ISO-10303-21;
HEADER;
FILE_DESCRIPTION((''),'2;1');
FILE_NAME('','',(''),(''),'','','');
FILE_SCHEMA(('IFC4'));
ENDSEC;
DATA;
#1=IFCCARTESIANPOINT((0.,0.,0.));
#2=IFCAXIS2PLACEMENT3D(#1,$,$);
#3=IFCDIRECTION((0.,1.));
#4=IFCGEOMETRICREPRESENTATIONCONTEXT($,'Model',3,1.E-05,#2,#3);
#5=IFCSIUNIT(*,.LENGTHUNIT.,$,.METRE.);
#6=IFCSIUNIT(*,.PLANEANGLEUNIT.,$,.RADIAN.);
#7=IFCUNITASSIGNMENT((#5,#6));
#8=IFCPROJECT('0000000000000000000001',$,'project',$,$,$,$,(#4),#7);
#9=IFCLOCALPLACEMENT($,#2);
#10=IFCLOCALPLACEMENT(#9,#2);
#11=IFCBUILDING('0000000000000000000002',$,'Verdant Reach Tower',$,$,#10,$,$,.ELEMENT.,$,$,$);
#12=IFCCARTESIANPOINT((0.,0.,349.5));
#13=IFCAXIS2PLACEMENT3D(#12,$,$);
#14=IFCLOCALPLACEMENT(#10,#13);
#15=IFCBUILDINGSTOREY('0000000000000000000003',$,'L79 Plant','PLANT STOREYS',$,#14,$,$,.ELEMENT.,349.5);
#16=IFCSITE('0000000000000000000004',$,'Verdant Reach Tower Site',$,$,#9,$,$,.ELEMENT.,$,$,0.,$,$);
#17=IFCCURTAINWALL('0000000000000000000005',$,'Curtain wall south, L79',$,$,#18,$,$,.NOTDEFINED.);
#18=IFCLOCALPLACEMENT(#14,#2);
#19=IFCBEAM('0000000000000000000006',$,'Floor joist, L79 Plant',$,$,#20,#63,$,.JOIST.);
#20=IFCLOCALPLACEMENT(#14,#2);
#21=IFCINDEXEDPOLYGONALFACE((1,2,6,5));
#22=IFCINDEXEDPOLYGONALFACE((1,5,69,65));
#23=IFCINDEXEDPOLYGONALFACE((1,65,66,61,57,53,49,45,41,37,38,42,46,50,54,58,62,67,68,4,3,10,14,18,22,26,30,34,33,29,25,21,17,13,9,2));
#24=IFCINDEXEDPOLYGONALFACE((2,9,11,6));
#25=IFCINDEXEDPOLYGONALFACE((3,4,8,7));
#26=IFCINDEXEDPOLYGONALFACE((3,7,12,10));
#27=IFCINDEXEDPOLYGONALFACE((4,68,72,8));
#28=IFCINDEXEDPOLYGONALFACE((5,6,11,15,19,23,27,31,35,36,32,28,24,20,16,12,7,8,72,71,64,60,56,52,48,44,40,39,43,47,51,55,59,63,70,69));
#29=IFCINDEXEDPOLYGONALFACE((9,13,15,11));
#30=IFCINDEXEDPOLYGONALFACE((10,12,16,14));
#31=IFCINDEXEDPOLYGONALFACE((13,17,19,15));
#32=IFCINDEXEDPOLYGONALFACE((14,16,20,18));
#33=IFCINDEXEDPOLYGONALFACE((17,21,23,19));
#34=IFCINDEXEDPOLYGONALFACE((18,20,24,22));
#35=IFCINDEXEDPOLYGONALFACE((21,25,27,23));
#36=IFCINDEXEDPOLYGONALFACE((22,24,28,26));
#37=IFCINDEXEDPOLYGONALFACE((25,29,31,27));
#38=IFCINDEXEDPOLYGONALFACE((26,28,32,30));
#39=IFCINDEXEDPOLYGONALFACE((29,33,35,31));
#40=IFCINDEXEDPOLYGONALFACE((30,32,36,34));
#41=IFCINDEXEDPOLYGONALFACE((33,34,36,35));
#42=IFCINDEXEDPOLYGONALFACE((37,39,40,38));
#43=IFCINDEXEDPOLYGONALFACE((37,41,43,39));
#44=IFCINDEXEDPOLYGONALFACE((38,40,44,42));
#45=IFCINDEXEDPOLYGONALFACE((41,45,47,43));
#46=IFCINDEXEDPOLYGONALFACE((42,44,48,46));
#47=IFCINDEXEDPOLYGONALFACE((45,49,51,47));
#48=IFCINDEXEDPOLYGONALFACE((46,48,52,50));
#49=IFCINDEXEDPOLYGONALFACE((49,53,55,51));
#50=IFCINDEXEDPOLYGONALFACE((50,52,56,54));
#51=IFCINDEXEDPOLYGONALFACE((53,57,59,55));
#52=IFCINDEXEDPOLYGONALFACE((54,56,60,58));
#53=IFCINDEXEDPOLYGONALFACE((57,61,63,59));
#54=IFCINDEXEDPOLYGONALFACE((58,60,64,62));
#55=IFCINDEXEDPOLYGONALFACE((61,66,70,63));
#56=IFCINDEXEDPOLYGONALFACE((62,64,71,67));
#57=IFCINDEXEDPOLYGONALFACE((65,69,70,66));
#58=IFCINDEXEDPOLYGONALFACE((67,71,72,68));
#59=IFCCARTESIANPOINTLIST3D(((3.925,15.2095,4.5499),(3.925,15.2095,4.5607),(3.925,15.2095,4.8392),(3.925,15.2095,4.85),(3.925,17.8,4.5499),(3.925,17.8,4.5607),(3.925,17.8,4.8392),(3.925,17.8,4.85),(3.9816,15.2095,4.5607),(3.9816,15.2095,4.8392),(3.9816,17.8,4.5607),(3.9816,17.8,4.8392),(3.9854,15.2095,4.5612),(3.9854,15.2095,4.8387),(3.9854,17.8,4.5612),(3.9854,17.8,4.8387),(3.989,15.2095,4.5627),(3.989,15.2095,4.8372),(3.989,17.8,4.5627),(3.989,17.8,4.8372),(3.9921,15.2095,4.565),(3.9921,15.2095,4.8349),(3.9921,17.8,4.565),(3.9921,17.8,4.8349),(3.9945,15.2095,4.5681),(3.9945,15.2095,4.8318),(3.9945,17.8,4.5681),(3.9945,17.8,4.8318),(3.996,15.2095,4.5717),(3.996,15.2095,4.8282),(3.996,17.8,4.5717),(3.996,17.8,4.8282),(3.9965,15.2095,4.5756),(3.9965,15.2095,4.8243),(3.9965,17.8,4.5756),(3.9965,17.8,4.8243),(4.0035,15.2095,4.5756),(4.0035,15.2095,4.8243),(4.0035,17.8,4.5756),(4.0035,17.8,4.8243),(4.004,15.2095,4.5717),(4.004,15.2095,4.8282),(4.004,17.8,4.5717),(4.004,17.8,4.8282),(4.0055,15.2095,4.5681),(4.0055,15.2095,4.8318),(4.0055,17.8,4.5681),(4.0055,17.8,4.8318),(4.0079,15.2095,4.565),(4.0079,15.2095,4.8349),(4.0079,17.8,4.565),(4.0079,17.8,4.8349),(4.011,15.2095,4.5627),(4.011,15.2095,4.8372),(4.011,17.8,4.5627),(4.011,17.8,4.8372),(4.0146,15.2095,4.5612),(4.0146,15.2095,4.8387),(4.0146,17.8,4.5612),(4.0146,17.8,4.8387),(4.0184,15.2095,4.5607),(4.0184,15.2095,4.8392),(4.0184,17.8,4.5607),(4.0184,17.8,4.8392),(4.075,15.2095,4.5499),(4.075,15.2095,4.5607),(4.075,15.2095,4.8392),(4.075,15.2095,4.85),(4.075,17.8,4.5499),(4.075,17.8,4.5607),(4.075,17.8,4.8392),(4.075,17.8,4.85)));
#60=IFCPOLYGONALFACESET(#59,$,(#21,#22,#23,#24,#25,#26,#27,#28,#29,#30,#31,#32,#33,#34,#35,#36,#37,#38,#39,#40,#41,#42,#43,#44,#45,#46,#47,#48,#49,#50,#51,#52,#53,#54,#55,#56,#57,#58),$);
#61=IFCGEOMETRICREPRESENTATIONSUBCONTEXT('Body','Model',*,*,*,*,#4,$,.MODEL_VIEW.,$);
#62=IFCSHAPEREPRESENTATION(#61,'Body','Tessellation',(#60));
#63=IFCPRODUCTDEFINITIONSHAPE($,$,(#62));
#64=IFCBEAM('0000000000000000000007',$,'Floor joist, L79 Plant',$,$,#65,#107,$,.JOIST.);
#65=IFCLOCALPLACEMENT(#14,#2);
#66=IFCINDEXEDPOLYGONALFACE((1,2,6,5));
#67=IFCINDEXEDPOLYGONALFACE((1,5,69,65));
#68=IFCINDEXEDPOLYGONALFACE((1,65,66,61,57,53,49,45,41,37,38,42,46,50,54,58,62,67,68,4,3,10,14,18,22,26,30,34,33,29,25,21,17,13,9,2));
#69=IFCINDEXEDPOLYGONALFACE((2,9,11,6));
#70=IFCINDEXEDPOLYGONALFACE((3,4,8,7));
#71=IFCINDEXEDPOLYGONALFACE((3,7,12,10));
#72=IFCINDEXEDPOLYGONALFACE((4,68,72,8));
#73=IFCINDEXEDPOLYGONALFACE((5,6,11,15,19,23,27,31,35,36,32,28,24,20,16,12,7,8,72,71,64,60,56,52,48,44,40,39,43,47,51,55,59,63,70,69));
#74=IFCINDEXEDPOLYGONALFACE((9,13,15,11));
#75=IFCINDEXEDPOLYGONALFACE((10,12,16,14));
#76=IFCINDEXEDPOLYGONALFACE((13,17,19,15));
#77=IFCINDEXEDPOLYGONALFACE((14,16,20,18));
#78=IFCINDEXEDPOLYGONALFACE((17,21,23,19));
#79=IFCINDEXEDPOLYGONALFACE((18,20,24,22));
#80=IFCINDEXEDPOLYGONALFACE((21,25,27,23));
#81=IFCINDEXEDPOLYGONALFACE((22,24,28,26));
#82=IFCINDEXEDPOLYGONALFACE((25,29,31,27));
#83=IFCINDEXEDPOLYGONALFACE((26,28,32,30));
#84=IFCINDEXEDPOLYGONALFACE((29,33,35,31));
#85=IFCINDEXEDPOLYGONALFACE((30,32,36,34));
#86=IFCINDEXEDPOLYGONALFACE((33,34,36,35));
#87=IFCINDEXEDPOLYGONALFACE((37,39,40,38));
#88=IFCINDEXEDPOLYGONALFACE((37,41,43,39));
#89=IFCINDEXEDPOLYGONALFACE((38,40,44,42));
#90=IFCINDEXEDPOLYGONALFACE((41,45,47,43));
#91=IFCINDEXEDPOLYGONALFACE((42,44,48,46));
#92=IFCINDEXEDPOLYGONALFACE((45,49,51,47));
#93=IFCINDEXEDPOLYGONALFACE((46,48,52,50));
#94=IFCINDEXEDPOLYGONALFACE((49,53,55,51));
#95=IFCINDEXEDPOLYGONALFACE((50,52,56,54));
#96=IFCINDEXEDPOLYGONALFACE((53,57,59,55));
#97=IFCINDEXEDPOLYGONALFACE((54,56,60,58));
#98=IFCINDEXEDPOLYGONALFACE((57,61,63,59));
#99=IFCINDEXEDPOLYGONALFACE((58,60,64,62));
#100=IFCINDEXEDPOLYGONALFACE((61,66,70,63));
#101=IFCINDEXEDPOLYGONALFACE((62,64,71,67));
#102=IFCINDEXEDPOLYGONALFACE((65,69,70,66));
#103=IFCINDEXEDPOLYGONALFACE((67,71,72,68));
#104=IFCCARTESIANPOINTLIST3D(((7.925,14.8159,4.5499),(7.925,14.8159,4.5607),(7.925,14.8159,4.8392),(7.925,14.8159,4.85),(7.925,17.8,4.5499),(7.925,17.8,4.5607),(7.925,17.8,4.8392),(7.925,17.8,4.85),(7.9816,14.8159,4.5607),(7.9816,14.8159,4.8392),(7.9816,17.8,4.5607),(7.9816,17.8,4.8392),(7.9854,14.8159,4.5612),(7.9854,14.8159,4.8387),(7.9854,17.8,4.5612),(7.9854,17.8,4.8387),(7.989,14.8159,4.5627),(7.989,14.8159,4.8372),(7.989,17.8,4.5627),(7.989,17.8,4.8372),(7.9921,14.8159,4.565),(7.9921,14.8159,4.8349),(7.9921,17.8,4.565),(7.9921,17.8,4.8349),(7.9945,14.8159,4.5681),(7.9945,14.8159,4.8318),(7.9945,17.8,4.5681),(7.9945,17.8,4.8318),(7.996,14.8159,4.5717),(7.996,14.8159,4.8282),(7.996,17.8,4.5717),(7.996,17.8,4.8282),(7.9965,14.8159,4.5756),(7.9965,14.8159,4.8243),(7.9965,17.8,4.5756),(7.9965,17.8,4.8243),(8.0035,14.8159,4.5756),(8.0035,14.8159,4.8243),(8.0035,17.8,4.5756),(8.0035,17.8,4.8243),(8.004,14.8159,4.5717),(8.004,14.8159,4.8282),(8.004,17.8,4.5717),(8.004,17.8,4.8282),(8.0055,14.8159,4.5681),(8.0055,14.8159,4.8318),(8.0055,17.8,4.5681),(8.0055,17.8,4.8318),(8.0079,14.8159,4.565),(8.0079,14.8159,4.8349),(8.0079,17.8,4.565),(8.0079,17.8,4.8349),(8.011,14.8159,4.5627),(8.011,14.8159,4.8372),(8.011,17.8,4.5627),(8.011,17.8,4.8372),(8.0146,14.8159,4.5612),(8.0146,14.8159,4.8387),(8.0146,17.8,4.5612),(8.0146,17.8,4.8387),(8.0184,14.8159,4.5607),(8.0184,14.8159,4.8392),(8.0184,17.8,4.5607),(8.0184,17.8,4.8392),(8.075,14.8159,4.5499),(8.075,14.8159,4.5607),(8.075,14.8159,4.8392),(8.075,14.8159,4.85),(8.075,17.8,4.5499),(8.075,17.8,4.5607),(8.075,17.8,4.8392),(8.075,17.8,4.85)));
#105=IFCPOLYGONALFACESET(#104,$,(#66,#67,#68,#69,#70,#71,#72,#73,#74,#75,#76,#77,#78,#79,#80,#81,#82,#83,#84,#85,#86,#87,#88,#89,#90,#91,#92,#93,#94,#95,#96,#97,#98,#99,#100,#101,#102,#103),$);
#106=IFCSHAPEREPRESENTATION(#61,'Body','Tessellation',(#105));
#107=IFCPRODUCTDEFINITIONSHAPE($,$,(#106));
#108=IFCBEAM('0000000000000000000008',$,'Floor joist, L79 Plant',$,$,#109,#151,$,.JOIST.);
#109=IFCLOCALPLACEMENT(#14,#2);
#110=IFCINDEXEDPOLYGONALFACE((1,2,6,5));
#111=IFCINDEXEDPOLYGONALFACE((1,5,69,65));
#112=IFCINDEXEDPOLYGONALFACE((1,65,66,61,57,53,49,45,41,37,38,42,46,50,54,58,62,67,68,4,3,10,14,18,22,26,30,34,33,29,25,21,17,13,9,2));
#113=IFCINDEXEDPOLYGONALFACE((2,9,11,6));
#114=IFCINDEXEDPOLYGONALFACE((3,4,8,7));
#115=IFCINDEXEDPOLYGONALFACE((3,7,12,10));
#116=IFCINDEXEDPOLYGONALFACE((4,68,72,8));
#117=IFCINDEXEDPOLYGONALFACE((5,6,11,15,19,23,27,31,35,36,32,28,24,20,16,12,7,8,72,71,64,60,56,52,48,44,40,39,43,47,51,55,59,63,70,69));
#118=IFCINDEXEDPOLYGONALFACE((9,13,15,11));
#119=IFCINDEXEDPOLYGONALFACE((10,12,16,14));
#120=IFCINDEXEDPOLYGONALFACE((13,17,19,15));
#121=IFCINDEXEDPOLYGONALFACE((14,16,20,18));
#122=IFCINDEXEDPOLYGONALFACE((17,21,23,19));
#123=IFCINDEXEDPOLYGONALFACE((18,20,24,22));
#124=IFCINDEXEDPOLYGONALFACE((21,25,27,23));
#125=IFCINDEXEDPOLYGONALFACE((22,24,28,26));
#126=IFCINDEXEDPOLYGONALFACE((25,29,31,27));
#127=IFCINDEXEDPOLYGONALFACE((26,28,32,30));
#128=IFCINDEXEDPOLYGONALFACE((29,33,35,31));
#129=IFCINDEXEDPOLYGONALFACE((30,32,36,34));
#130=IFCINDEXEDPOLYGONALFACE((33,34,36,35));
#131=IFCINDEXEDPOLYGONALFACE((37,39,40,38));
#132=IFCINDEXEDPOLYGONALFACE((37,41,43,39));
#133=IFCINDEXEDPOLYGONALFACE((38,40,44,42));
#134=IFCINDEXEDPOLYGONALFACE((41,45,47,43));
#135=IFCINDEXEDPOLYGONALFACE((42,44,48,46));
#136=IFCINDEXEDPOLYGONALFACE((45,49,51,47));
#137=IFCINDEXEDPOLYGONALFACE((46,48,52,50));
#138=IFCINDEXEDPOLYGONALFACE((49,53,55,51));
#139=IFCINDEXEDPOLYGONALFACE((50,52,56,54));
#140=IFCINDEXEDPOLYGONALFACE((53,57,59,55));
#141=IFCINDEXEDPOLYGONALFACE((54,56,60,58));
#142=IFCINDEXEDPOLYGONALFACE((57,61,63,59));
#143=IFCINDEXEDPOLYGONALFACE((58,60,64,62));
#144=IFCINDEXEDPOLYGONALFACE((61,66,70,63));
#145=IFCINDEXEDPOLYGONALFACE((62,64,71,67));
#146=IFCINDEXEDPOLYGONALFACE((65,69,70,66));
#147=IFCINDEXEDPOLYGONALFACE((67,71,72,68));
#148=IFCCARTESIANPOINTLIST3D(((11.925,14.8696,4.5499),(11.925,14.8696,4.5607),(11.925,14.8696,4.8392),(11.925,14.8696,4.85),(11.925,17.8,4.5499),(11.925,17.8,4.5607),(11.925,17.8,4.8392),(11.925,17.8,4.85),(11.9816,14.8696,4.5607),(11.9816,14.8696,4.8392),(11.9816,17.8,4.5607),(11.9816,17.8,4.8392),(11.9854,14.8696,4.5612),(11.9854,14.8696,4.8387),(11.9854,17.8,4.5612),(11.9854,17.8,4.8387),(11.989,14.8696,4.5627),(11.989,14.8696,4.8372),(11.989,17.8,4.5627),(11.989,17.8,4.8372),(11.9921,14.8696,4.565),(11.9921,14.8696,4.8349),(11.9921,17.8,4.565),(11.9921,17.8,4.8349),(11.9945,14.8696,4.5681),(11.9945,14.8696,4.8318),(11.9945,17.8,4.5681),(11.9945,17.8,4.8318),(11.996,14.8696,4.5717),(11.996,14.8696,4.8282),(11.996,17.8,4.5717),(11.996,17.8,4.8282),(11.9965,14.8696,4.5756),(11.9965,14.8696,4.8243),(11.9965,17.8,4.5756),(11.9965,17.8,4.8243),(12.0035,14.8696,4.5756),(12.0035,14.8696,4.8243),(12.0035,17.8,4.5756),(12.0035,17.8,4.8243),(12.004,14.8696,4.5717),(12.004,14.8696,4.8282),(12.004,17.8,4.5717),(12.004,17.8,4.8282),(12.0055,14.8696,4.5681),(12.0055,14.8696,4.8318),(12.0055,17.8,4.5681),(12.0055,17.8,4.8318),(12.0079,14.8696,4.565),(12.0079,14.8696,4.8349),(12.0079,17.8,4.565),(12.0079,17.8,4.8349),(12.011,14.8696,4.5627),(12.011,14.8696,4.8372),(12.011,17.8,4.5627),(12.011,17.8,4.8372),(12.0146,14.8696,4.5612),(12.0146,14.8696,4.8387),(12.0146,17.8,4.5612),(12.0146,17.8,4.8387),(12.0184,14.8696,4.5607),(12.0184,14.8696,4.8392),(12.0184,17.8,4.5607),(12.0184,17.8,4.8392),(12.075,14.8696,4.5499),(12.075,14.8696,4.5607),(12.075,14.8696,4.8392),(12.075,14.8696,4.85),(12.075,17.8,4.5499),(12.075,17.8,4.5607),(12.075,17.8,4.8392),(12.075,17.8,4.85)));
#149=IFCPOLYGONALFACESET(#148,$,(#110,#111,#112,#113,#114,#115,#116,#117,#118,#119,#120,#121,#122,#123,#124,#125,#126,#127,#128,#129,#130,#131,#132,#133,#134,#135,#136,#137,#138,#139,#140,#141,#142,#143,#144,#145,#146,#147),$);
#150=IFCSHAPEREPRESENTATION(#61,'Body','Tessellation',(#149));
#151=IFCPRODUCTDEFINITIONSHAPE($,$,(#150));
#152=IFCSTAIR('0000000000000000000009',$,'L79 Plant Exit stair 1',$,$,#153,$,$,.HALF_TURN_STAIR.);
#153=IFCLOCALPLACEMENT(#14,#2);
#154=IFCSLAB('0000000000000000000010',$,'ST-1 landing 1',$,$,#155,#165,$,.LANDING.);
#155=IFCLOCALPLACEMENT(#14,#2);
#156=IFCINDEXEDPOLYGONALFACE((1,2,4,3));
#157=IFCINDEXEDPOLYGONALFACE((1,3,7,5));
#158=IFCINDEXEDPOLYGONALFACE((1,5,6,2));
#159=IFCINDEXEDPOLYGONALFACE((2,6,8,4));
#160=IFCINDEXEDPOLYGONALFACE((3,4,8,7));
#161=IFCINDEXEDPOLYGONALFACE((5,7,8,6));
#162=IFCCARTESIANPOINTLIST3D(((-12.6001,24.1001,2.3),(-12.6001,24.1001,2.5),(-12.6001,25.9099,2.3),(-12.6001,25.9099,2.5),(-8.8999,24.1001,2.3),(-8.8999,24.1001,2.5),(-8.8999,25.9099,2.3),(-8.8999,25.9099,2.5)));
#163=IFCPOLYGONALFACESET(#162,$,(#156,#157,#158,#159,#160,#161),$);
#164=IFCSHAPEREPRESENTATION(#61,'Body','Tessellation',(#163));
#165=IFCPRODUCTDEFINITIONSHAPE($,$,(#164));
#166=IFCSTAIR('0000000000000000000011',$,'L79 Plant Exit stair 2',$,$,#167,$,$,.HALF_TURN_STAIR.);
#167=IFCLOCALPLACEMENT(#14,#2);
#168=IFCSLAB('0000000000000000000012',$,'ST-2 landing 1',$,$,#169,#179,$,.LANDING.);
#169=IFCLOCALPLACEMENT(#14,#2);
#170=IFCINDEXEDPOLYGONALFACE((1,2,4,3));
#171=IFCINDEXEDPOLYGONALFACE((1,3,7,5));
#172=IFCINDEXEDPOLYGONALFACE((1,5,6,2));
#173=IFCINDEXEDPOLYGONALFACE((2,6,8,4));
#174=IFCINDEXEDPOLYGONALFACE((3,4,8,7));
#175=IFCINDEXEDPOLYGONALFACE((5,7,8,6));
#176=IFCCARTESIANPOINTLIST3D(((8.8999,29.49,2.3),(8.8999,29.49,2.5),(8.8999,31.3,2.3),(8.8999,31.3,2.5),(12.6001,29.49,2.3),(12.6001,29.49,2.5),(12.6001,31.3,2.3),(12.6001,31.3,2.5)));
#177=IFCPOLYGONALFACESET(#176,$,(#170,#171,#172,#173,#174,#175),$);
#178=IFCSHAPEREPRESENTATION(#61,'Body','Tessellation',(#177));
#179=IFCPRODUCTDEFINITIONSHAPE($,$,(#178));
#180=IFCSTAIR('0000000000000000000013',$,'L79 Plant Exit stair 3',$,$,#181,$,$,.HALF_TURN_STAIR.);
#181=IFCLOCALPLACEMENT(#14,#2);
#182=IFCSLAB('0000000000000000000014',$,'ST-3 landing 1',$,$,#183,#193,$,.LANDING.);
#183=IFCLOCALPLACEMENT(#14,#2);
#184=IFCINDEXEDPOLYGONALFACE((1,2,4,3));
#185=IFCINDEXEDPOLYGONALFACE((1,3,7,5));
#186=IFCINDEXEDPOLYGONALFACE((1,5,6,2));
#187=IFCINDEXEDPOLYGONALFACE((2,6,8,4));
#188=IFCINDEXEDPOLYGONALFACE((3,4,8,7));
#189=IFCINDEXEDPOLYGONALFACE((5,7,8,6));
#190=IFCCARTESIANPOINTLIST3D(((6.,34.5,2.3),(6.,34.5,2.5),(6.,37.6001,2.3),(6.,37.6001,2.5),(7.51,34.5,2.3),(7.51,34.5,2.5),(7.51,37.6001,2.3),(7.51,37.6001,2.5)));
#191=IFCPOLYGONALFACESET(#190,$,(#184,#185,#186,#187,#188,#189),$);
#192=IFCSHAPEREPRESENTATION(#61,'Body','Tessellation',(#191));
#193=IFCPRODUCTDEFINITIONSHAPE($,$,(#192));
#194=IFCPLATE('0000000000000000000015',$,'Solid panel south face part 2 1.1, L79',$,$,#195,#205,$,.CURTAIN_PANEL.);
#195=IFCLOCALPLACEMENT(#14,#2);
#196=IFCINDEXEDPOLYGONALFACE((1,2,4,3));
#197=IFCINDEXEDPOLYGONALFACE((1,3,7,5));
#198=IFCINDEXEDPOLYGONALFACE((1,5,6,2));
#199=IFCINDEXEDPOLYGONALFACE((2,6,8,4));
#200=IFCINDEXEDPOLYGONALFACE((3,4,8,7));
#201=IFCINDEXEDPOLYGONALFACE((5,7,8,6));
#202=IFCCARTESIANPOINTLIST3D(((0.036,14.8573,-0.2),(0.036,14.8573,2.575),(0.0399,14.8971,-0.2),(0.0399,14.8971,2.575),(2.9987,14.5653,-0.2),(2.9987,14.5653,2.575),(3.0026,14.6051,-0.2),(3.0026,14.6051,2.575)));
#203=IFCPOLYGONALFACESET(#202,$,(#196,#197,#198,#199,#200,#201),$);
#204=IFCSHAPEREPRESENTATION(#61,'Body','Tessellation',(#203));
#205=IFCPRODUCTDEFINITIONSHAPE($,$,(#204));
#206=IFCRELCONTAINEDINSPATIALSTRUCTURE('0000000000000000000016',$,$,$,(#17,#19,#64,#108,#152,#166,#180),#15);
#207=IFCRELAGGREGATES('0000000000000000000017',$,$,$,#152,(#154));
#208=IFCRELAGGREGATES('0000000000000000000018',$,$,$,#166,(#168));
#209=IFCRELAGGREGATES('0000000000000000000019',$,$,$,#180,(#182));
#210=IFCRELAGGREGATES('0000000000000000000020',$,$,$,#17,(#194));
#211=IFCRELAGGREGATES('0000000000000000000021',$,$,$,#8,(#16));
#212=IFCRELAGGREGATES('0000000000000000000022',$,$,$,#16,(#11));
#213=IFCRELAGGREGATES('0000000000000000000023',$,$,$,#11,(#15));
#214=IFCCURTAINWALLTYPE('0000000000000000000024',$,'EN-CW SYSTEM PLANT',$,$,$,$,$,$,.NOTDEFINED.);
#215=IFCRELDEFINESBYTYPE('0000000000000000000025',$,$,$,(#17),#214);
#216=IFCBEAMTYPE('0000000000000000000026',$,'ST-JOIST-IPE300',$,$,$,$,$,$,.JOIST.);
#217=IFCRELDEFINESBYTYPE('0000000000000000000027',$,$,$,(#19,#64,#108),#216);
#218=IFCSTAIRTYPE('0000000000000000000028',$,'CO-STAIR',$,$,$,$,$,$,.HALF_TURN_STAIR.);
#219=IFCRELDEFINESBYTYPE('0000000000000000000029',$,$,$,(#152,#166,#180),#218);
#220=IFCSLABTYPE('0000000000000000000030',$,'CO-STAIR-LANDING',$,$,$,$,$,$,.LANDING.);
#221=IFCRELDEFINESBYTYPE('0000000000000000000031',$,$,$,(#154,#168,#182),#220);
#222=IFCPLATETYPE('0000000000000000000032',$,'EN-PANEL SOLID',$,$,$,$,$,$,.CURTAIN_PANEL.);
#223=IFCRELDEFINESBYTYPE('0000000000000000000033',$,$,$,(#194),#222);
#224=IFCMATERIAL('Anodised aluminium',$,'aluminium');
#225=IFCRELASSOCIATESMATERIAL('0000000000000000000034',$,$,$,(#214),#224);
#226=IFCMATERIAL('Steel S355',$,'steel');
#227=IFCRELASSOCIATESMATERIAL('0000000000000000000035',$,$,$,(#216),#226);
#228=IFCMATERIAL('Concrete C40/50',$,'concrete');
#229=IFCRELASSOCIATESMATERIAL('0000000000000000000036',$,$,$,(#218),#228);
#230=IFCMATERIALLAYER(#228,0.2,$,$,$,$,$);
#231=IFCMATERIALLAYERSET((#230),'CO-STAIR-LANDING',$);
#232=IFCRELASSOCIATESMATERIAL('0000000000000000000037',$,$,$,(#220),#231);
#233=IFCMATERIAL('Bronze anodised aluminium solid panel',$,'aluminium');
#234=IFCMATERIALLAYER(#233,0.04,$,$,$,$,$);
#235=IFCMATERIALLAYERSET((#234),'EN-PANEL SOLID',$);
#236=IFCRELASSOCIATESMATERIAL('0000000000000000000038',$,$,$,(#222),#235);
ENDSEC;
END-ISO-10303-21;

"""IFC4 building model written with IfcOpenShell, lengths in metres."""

from ifc_helpers import new_model, si_unit, direction, frame, origin, origin_2d, place, context, subcontext, project, spatial, polyline, rectangle, i_section, outline, extrude, material, layer, layer_set, material_profile, profile_set, type_object, element, aggregate, save


model = new_model("IFC4")

# Units and contexts
model_context = context("Model", 3, precision=1e-05, world=origin(), true_north=direction((0.0, 1.0)))
body_context = subcontext(model_context, "Body", "Model", "MODEL_VIEW")
ifc_project = project(units=[si_unit("LENGTHUNIT", "METRE"), si_unit("PLANEANGLEUNIT", "RADIAN")], contexts=[model_context])

# Site, building, storey
site_placement = place(None, origin())
site = spatial("IfcSite", under=ifc_project, at=site_placement, Name="Verdant Reach Tower Site", CompositionType="ELEMENT", RefElevation=0.0)
building_placement = place(site_placement, origin())
building = spatial("IfcBuilding", under=site, at=building_placement, Name="Verdant Reach Tower", CompositionType="ELEMENT")
storey_placement = place(building_placement, frame((0.0, 0.0, 349.5)))
storey = spatial("IfcBuildingStorey", under=building, at=storey_placement, Name="L79 Plant", Description="PLANT STOREYS", CompositionType="ELEMENT", Elevation=349.5)

# Curtain wall
ifc_material_1 = material(Name="Anodised aluminium", Category="aluminium")
curtain_wall_type = type_object("IfcCurtainWallType", Name="EN-CW SYSTEM PLANT", PredefinedType="NOTDEFINED", material=ifc_material_1)
curtain_wall_placement = place(storey_placement, origin())
curtain_wall = element("IfcCurtainWall", 1, at=curtain_wall_placement, inside=storey, type_object=curtain_wall_type, Name="Curtain wall south, L79", PredefinedType="NOTDEFINED")

# Beams
ifc_material_2 = material(Name="Steel S355", Category="steel")
ifc_material_profile_1 = material_profile(ifc_material_2, i_section(OverallWidth=0.1499, OverallDepth=0.3, WebThickness=0.0071, FlangeThickness=0.0107, FilletRadius=0.0149, at=origin_2d()), Name="IPE 300")
ifc_profile_set_1 = profile_set([ifc_material_profile_1], Name="Steel S355")
beam_type = type_object("IfcBeamType", Name="ST-JOIST-IPE300", PredefinedType="JOIST", material=ifc_profile_set_1)
beam_1_placement = place(storey_placement, frame((4.0, 17.8, 4.7), z_axis=(0.0, -1.0, 0.0), x_axis=(1.0, 0.0, 0.0)))
element("IfcBeam", 2, at=beam_1_placement, inside=storey, type_object=beam_type, Name="Floor joist, L79 Plant", PredefinedType="JOIST", context=body_context, shape_type="SweptSolid", body=[
    extrude(i_section(OverallWidth=0.1499, OverallDepth=0.3, WebThickness=0.0071, FlangeThickness=0.0107, FilletRadius=0.0149, at=origin_2d()), origin(), (0.0, 0.0, 1.0), 2.5906),
])
beam_2_placement = place(storey_placement, frame((8.0, 17.8, 4.7), z_axis=(0.0, -1.0, 0.0), x_axis=(1.0, 0.0, 0.0)))
element("IfcBeam", 3, at=beam_2_placement, inside=storey, type_object=beam_type, Name="Floor joist, L79 Plant", PredefinedType="JOIST", context=body_context, shape_type="SweptSolid", body=[
    extrude(i_section(OverallWidth=0.1499, OverallDepth=0.3, WebThickness=0.0071, FlangeThickness=0.0107, FilletRadius=0.0149, at=origin_2d()), origin(), (0.0, 0.0, 1.0), 2.9841),
])
beam_3_placement = place(storey_placement, frame((12.0, 17.8, 4.7), z_axis=(0.0, -1.0, 0.0), x_axis=(1.0, 0.0, 0.0)))
element("IfcBeam", 4, at=beam_3_placement, inside=storey, type_object=beam_type, Name="Floor joist, L79 Plant", PredefinedType="JOIST", context=body_context, shape_type="SweptSolid", body=[
    extrude(i_section(OverallWidth=0.1499, OverallDepth=0.3, WebThickness=0.0071, FlangeThickness=0.0107, FilletRadius=0.0149, at=origin_2d()), origin(), (0.0, 0.0, 1.0), 2.9304),
])

# Stairs, slabs
ifc_material_3 = material(Name="Concrete C40/50", Category="concrete")
stair_type = type_object("IfcStairType", Name="CO-STAIR", PredefinedType="HALF_TURN_STAIR", material=ifc_material_3)
stair_1_placement = place(storey_placement, origin())
stair_1 = element("IfcStair", 5, at=stair_1_placement, inside=storey, type_object=stair_type, Name="L79 Plant Exit stair 1", PredefinedType="HALF_TURN_STAIR")
ifc_layer_1 = layer(ifc_material_3, 0.2)
ifc_layer_set_1 = layer_set([ifc_layer_1], Name="CO-STAIR-LANDING")
slab_type = type_object("IfcSlabType", Name="CO-STAIR-LANDING", PredefinedType="LANDING", material=ifc_layer_set_1)
slab_1_placement = place(storey_placement, frame((0.0, 0.0, 2.3)))
slab_1 = element("IfcSlab", 6, at=slab_1_placement, type_object=slab_type, Name="ST-1 landing 1", PredefinedType="LANDING", context=body_context, shape_type="SweptSolid", body=[
    extrude(outline(polyline([(-12.6001, 25.9099), (-12.6001, 24.1001), (-8.8999, 24.1001), (-8.8999, 25.9099), (-12.6001, 25.9099)])), origin(), (0.0, 0.0, 1.0), 0.2),
])
aggregate(stair_1, [slab_1])
stair_2_placement = place(storey_placement, origin())
stair_2 = element("IfcStair", 7, at=stair_2_placement, inside=storey, type_object=stair_type, Name="L79 Plant Exit stair 2", PredefinedType="HALF_TURN_STAIR")
slab_2_placement = place(storey_placement, frame((0.0, 0.0, 2.3)))
slab_2 = element("IfcSlab", 8, at=slab_2_placement, type_object=slab_type, Name="ST-2 landing 1", PredefinedType="LANDING", context=body_context, shape_type="SweptSolid", body=[
    extrude(outline(polyline([(12.6001, 29.49), (12.6001, 31.3), (8.8999, 31.3), (8.8999, 29.49), (12.6001, 29.49)])), origin(), (0.0, 0.0, 1.0), 0.2),
])
aggregate(stair_2, [slab_2])
stair_3_placement = place(storey_placement, origin())
stair_3 = element("IfcStair", 9, at=stair_3_placement, inside=storey, type_object=stair_type, Name="L79 Plant Exit stair 3", PredefinedType="HALF_TURN_STAIR")
slab_3_placement = place(storey_placement, frame((0.0, 0.0, 2.3)))
slab_3 = element("IfcSlab", 10, at=slab_3_placement, type_object=slab_type, Name="ST-3 landing 1", PredefinedType="LANDING", context=body_context, shape_type="SweptSolid", body=[
    extrude(outline(polyline([(7.51, 37.6001), (6.0, 37.6001), (6.0, 34.5), (7.51, 34.5), (7.51, 37.6001)])), origin(), (0.0, 0.0, 1.0), 0.2),
])
aggregate(stair_3, [slab_3])

# Plate
ifc_material_4 = material(Name="Bronze anodised aluminium solid panel", Category="aluminium")
ifc_layer_2 = layer(ifc_material_4, 0.04)
ifc_layer_set_2 = layer_set([ifc_layer_2], Name="EN-PANEL SOLID")
plate_type = type_object("IfcPlateType", Name="EN-PANEL SOLID", PredefinedType="CURTAIN_PANEL", material=ifc_layer_set_2)
plate_1_placement = place(storey_placement, frame((1.5193, 14.7312, -0.2), z_axis=(0.0, 0.0, 1.0), x_axis=(0.995179, -0.098075, 0.0)))
plate_1 = element("IfcPlate", 11, at=plate_1_placement, type_object=plate_type, Name="Solid panel south face part 2 1.1, L79", PredefinedType="CURTAIN_PANEL", context=body_context, shape_type="SweptSolid", body=[
    extrude(rectangle(XDim=2.9771, YDim=0.04, at=origin_2d()), origin(), (0.0, 0.0, 1.0), 2.7749),
])

aggregate(curtain_wall, [plate_1])

save(model, "model.ifc")
